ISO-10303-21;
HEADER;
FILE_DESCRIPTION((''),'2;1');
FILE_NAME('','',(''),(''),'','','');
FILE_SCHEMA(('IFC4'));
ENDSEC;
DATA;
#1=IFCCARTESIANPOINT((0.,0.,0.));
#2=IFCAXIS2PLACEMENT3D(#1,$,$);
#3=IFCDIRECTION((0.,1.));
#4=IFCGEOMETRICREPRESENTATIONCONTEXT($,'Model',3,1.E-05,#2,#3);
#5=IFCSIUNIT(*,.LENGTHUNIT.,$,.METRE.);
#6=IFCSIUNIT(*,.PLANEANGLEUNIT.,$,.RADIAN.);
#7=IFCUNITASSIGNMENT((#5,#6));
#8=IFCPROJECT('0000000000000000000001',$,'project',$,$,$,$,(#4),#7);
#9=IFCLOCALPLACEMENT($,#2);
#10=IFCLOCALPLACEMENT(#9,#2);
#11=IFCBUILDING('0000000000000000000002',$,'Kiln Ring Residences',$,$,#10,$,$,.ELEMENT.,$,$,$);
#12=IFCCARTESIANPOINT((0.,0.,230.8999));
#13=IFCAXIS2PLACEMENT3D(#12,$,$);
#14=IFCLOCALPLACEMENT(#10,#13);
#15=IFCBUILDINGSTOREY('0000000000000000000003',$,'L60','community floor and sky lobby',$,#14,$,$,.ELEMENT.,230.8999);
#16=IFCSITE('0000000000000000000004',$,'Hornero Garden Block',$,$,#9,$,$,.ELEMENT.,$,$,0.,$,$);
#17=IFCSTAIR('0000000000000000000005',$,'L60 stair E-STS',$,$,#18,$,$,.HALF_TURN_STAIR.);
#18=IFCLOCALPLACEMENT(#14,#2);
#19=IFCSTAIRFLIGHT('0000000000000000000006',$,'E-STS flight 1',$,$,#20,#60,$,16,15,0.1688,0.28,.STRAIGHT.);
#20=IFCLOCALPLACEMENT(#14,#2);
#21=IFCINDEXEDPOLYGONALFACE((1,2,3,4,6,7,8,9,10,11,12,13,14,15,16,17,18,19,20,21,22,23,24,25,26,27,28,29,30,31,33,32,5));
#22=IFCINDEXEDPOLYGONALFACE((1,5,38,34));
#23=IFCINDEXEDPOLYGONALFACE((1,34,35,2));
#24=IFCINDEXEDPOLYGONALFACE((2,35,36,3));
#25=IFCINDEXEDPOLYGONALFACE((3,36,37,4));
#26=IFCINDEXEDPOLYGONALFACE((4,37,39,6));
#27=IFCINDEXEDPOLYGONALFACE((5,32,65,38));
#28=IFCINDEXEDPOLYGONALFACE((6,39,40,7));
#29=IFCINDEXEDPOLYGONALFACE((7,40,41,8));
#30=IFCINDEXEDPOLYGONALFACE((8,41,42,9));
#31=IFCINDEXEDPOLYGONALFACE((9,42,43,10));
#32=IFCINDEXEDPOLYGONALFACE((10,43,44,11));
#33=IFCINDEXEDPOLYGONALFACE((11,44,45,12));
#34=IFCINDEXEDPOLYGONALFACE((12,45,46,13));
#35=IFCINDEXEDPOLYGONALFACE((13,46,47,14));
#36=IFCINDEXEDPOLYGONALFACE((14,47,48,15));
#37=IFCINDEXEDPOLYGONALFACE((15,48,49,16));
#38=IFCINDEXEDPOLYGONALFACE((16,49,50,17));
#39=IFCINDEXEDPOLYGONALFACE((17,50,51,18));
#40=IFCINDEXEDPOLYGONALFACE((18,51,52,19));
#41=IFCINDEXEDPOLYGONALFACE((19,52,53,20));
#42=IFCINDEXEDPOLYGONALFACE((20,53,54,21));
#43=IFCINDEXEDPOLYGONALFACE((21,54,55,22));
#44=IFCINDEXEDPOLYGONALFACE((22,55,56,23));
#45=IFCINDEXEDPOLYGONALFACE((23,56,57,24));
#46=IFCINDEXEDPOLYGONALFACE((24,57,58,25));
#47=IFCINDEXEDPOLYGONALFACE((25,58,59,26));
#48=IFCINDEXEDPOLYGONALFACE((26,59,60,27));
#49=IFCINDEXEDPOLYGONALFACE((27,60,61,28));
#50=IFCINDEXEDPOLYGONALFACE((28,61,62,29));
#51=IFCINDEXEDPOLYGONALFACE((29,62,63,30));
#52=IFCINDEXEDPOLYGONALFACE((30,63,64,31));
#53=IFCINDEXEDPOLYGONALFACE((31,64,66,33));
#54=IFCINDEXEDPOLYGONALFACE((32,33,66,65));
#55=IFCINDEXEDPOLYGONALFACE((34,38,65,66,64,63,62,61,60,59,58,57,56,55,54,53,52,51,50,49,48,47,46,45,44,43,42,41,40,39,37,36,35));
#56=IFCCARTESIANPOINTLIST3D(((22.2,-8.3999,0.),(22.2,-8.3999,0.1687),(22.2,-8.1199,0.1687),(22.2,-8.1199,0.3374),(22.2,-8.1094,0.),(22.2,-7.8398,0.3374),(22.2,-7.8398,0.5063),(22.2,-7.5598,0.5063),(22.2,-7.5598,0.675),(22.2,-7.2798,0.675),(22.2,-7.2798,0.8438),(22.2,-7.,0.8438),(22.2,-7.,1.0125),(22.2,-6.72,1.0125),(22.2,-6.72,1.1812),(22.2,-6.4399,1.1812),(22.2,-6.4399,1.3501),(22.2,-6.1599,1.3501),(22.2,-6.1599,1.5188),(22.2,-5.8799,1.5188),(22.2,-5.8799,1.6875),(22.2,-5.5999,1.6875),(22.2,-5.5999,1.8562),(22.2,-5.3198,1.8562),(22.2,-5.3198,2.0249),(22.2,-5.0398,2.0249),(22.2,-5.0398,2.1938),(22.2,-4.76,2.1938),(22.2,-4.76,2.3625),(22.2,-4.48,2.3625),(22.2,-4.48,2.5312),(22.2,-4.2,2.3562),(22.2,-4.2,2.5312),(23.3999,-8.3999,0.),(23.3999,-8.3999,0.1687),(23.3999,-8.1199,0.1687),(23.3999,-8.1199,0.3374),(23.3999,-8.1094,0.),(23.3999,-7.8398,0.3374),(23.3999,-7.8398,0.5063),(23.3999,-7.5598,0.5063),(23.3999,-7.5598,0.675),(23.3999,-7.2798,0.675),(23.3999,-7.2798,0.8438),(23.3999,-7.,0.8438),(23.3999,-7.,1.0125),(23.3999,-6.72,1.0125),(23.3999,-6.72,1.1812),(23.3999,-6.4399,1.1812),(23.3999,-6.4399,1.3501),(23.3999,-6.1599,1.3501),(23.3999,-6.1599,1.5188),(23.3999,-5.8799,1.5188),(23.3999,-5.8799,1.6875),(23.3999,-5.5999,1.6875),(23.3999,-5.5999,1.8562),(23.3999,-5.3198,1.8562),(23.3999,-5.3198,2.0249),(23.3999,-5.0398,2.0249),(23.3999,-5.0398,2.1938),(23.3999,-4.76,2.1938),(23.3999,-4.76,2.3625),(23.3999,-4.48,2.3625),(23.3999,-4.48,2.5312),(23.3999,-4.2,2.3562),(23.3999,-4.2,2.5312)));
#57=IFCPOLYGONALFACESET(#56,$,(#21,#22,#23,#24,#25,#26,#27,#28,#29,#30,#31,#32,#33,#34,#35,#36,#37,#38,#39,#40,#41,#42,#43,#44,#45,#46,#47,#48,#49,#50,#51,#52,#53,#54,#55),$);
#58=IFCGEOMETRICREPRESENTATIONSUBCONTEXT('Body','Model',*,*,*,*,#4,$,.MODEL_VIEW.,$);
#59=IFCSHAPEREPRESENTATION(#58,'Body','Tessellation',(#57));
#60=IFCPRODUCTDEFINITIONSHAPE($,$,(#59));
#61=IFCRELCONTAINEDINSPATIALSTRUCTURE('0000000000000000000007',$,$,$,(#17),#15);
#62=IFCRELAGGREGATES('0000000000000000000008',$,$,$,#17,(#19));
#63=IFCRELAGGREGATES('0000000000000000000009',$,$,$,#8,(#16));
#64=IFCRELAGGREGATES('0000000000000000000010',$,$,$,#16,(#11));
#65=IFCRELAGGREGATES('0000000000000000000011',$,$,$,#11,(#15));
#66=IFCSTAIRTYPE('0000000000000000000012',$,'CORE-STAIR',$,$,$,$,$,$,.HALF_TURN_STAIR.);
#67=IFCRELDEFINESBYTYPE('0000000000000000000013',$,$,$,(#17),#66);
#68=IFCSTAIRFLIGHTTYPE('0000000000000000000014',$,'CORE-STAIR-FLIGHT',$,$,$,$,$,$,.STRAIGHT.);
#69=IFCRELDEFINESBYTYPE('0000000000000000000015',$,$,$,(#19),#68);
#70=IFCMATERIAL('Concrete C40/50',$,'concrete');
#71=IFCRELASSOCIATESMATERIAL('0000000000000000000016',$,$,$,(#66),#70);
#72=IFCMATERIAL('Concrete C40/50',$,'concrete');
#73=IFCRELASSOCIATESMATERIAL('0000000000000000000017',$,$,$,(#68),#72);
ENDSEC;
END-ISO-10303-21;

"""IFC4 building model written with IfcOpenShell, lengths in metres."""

from ifc_helpers import new_model, si_unit, direction, frame, origin, place, context, subcontext, project, spatial, polyline, outline, extrude, material, type_object, element, aggregate, save


model = new_model("IFC4")

# Units and contexts
model_context = context("Model", 3, precision=1e-05, world=origin(), true_north=direction((0.0, 1.0)))
body_context = subcontext(model_context, "Body", "Model", "MODEL_VIEW")
ifc_project = project(units=[si_unit("LENGTHUNIT", "METRE"), si_unit("PLANEANGLEUNIT", "RADIAN")], contexts=[model_context])

# Site, building, storey
site_placement = place(None, origin())
site = spatial("IfcSite", under=ifc_project, at=site_placement, Name="Hornero Garden Block", CompositionType="ELEMENT", RefElevation=0.0)
building_placement = place(site_placement, origin())
building = spatial("IfcBuilding", under=site, at=building_placement, Name="Kiln Ring Residences", CompositionType="ELEMENT")
storey_placement = place(building_placement, frame((0.0, 0.0, 230.8999)))
storey = spatial("IfcBuildingStorey", under=building, at=storey_placement, Name="L60", Description="community floor and sky lobby", CompositionType="ELEMENT", Elevation=230.8999)

# Shared definitions
placement = place(storey_placement, origin())

# Stair, stair flight
ifc_material_1 = material(Name="Concrete C40/50", Category="concrete")
stair_type = type_object("IfcStairType", Name="CORE-STAIR", PredefinedType="HALF_TURN_STAIR", material=ifc_material_1)
stair = element("IfcStair", 1, at=placement, inside=storey, type_object=stair_type, Name="L60 stair E-STS", PredefinedType="HALF_TURN_STAIR")
ifc_material_2 = material(Name="Concrete C40/50", Category="concrete")
stair_flight_type = type_object("IfcStairFlightType", Name="CORE-STAIR-FLIGHT", PredefinedType="STRAIGHT", material=ifc_material_2)
stair_flight_placement = place(storey_placement, frame((22.8, -8.3999, 0.0), z_axis=(0.0, 0.0, 1.0), x_axis=(0.0, 1.0, 0.0)))
stair_flight = element("IfcStairFlight", 2, at=stair_flight_placement, type_object=stair_flight_type, Name="E-STS flight 1", NumberOfRisers=16, NumberOfTreads=15, PredefinedType="STRAIGHT", RiserHeight=0.1688, TreadLength=0.28, context=body_context, shape_type="SweptSolid", body=[
    extrude(outline(polyline([(0.0, 0.0), (0.0, 0.1687), (0.28, 0.1687), (0.28, 0.3374), (0.5601, 0.3374), (0.5601, 0.5063), (0.8401, 0.5063), (0.8401, 0.675), (1.1201, 0.675), (1.1201, 0.8438), (1.3999, 0.8438), (1.3999, 1.0125), (1.6799, 1.0125), (1.6799, 1.1812), (1.96, 1.1812), (1.96, 1.3501), (2.24, 1.3501), (2.24, 1.5188), (2.52, 1.5188), (2.52, 1.6875), (2.8, 1.6875), (2.8, 1.8562), (3.0801, 1.8562), (3.0801, 2.0249), (3.3601, 2.0249), (3.3601, 2.1938), (3.6399, 2.1938), (3.6399, 2.3625), (3.9199, 2.3625), (3.9199, 2.5312), (4.2, 2.5312), (4.2, 2.7), (4.2, 2.3562), (0.2905, 0.0), (0.0, 0.0)])), frame((0.0, 0.6001, 0.0), z_axis=(0.0, -1.0, 0.0), x_axis=(1.0, 0.0, 0.0)), (0.0, 0.0, 1.0), 1.2),
])
aggregate(stair, [stair_flight])

save(model, "model.ifc")
